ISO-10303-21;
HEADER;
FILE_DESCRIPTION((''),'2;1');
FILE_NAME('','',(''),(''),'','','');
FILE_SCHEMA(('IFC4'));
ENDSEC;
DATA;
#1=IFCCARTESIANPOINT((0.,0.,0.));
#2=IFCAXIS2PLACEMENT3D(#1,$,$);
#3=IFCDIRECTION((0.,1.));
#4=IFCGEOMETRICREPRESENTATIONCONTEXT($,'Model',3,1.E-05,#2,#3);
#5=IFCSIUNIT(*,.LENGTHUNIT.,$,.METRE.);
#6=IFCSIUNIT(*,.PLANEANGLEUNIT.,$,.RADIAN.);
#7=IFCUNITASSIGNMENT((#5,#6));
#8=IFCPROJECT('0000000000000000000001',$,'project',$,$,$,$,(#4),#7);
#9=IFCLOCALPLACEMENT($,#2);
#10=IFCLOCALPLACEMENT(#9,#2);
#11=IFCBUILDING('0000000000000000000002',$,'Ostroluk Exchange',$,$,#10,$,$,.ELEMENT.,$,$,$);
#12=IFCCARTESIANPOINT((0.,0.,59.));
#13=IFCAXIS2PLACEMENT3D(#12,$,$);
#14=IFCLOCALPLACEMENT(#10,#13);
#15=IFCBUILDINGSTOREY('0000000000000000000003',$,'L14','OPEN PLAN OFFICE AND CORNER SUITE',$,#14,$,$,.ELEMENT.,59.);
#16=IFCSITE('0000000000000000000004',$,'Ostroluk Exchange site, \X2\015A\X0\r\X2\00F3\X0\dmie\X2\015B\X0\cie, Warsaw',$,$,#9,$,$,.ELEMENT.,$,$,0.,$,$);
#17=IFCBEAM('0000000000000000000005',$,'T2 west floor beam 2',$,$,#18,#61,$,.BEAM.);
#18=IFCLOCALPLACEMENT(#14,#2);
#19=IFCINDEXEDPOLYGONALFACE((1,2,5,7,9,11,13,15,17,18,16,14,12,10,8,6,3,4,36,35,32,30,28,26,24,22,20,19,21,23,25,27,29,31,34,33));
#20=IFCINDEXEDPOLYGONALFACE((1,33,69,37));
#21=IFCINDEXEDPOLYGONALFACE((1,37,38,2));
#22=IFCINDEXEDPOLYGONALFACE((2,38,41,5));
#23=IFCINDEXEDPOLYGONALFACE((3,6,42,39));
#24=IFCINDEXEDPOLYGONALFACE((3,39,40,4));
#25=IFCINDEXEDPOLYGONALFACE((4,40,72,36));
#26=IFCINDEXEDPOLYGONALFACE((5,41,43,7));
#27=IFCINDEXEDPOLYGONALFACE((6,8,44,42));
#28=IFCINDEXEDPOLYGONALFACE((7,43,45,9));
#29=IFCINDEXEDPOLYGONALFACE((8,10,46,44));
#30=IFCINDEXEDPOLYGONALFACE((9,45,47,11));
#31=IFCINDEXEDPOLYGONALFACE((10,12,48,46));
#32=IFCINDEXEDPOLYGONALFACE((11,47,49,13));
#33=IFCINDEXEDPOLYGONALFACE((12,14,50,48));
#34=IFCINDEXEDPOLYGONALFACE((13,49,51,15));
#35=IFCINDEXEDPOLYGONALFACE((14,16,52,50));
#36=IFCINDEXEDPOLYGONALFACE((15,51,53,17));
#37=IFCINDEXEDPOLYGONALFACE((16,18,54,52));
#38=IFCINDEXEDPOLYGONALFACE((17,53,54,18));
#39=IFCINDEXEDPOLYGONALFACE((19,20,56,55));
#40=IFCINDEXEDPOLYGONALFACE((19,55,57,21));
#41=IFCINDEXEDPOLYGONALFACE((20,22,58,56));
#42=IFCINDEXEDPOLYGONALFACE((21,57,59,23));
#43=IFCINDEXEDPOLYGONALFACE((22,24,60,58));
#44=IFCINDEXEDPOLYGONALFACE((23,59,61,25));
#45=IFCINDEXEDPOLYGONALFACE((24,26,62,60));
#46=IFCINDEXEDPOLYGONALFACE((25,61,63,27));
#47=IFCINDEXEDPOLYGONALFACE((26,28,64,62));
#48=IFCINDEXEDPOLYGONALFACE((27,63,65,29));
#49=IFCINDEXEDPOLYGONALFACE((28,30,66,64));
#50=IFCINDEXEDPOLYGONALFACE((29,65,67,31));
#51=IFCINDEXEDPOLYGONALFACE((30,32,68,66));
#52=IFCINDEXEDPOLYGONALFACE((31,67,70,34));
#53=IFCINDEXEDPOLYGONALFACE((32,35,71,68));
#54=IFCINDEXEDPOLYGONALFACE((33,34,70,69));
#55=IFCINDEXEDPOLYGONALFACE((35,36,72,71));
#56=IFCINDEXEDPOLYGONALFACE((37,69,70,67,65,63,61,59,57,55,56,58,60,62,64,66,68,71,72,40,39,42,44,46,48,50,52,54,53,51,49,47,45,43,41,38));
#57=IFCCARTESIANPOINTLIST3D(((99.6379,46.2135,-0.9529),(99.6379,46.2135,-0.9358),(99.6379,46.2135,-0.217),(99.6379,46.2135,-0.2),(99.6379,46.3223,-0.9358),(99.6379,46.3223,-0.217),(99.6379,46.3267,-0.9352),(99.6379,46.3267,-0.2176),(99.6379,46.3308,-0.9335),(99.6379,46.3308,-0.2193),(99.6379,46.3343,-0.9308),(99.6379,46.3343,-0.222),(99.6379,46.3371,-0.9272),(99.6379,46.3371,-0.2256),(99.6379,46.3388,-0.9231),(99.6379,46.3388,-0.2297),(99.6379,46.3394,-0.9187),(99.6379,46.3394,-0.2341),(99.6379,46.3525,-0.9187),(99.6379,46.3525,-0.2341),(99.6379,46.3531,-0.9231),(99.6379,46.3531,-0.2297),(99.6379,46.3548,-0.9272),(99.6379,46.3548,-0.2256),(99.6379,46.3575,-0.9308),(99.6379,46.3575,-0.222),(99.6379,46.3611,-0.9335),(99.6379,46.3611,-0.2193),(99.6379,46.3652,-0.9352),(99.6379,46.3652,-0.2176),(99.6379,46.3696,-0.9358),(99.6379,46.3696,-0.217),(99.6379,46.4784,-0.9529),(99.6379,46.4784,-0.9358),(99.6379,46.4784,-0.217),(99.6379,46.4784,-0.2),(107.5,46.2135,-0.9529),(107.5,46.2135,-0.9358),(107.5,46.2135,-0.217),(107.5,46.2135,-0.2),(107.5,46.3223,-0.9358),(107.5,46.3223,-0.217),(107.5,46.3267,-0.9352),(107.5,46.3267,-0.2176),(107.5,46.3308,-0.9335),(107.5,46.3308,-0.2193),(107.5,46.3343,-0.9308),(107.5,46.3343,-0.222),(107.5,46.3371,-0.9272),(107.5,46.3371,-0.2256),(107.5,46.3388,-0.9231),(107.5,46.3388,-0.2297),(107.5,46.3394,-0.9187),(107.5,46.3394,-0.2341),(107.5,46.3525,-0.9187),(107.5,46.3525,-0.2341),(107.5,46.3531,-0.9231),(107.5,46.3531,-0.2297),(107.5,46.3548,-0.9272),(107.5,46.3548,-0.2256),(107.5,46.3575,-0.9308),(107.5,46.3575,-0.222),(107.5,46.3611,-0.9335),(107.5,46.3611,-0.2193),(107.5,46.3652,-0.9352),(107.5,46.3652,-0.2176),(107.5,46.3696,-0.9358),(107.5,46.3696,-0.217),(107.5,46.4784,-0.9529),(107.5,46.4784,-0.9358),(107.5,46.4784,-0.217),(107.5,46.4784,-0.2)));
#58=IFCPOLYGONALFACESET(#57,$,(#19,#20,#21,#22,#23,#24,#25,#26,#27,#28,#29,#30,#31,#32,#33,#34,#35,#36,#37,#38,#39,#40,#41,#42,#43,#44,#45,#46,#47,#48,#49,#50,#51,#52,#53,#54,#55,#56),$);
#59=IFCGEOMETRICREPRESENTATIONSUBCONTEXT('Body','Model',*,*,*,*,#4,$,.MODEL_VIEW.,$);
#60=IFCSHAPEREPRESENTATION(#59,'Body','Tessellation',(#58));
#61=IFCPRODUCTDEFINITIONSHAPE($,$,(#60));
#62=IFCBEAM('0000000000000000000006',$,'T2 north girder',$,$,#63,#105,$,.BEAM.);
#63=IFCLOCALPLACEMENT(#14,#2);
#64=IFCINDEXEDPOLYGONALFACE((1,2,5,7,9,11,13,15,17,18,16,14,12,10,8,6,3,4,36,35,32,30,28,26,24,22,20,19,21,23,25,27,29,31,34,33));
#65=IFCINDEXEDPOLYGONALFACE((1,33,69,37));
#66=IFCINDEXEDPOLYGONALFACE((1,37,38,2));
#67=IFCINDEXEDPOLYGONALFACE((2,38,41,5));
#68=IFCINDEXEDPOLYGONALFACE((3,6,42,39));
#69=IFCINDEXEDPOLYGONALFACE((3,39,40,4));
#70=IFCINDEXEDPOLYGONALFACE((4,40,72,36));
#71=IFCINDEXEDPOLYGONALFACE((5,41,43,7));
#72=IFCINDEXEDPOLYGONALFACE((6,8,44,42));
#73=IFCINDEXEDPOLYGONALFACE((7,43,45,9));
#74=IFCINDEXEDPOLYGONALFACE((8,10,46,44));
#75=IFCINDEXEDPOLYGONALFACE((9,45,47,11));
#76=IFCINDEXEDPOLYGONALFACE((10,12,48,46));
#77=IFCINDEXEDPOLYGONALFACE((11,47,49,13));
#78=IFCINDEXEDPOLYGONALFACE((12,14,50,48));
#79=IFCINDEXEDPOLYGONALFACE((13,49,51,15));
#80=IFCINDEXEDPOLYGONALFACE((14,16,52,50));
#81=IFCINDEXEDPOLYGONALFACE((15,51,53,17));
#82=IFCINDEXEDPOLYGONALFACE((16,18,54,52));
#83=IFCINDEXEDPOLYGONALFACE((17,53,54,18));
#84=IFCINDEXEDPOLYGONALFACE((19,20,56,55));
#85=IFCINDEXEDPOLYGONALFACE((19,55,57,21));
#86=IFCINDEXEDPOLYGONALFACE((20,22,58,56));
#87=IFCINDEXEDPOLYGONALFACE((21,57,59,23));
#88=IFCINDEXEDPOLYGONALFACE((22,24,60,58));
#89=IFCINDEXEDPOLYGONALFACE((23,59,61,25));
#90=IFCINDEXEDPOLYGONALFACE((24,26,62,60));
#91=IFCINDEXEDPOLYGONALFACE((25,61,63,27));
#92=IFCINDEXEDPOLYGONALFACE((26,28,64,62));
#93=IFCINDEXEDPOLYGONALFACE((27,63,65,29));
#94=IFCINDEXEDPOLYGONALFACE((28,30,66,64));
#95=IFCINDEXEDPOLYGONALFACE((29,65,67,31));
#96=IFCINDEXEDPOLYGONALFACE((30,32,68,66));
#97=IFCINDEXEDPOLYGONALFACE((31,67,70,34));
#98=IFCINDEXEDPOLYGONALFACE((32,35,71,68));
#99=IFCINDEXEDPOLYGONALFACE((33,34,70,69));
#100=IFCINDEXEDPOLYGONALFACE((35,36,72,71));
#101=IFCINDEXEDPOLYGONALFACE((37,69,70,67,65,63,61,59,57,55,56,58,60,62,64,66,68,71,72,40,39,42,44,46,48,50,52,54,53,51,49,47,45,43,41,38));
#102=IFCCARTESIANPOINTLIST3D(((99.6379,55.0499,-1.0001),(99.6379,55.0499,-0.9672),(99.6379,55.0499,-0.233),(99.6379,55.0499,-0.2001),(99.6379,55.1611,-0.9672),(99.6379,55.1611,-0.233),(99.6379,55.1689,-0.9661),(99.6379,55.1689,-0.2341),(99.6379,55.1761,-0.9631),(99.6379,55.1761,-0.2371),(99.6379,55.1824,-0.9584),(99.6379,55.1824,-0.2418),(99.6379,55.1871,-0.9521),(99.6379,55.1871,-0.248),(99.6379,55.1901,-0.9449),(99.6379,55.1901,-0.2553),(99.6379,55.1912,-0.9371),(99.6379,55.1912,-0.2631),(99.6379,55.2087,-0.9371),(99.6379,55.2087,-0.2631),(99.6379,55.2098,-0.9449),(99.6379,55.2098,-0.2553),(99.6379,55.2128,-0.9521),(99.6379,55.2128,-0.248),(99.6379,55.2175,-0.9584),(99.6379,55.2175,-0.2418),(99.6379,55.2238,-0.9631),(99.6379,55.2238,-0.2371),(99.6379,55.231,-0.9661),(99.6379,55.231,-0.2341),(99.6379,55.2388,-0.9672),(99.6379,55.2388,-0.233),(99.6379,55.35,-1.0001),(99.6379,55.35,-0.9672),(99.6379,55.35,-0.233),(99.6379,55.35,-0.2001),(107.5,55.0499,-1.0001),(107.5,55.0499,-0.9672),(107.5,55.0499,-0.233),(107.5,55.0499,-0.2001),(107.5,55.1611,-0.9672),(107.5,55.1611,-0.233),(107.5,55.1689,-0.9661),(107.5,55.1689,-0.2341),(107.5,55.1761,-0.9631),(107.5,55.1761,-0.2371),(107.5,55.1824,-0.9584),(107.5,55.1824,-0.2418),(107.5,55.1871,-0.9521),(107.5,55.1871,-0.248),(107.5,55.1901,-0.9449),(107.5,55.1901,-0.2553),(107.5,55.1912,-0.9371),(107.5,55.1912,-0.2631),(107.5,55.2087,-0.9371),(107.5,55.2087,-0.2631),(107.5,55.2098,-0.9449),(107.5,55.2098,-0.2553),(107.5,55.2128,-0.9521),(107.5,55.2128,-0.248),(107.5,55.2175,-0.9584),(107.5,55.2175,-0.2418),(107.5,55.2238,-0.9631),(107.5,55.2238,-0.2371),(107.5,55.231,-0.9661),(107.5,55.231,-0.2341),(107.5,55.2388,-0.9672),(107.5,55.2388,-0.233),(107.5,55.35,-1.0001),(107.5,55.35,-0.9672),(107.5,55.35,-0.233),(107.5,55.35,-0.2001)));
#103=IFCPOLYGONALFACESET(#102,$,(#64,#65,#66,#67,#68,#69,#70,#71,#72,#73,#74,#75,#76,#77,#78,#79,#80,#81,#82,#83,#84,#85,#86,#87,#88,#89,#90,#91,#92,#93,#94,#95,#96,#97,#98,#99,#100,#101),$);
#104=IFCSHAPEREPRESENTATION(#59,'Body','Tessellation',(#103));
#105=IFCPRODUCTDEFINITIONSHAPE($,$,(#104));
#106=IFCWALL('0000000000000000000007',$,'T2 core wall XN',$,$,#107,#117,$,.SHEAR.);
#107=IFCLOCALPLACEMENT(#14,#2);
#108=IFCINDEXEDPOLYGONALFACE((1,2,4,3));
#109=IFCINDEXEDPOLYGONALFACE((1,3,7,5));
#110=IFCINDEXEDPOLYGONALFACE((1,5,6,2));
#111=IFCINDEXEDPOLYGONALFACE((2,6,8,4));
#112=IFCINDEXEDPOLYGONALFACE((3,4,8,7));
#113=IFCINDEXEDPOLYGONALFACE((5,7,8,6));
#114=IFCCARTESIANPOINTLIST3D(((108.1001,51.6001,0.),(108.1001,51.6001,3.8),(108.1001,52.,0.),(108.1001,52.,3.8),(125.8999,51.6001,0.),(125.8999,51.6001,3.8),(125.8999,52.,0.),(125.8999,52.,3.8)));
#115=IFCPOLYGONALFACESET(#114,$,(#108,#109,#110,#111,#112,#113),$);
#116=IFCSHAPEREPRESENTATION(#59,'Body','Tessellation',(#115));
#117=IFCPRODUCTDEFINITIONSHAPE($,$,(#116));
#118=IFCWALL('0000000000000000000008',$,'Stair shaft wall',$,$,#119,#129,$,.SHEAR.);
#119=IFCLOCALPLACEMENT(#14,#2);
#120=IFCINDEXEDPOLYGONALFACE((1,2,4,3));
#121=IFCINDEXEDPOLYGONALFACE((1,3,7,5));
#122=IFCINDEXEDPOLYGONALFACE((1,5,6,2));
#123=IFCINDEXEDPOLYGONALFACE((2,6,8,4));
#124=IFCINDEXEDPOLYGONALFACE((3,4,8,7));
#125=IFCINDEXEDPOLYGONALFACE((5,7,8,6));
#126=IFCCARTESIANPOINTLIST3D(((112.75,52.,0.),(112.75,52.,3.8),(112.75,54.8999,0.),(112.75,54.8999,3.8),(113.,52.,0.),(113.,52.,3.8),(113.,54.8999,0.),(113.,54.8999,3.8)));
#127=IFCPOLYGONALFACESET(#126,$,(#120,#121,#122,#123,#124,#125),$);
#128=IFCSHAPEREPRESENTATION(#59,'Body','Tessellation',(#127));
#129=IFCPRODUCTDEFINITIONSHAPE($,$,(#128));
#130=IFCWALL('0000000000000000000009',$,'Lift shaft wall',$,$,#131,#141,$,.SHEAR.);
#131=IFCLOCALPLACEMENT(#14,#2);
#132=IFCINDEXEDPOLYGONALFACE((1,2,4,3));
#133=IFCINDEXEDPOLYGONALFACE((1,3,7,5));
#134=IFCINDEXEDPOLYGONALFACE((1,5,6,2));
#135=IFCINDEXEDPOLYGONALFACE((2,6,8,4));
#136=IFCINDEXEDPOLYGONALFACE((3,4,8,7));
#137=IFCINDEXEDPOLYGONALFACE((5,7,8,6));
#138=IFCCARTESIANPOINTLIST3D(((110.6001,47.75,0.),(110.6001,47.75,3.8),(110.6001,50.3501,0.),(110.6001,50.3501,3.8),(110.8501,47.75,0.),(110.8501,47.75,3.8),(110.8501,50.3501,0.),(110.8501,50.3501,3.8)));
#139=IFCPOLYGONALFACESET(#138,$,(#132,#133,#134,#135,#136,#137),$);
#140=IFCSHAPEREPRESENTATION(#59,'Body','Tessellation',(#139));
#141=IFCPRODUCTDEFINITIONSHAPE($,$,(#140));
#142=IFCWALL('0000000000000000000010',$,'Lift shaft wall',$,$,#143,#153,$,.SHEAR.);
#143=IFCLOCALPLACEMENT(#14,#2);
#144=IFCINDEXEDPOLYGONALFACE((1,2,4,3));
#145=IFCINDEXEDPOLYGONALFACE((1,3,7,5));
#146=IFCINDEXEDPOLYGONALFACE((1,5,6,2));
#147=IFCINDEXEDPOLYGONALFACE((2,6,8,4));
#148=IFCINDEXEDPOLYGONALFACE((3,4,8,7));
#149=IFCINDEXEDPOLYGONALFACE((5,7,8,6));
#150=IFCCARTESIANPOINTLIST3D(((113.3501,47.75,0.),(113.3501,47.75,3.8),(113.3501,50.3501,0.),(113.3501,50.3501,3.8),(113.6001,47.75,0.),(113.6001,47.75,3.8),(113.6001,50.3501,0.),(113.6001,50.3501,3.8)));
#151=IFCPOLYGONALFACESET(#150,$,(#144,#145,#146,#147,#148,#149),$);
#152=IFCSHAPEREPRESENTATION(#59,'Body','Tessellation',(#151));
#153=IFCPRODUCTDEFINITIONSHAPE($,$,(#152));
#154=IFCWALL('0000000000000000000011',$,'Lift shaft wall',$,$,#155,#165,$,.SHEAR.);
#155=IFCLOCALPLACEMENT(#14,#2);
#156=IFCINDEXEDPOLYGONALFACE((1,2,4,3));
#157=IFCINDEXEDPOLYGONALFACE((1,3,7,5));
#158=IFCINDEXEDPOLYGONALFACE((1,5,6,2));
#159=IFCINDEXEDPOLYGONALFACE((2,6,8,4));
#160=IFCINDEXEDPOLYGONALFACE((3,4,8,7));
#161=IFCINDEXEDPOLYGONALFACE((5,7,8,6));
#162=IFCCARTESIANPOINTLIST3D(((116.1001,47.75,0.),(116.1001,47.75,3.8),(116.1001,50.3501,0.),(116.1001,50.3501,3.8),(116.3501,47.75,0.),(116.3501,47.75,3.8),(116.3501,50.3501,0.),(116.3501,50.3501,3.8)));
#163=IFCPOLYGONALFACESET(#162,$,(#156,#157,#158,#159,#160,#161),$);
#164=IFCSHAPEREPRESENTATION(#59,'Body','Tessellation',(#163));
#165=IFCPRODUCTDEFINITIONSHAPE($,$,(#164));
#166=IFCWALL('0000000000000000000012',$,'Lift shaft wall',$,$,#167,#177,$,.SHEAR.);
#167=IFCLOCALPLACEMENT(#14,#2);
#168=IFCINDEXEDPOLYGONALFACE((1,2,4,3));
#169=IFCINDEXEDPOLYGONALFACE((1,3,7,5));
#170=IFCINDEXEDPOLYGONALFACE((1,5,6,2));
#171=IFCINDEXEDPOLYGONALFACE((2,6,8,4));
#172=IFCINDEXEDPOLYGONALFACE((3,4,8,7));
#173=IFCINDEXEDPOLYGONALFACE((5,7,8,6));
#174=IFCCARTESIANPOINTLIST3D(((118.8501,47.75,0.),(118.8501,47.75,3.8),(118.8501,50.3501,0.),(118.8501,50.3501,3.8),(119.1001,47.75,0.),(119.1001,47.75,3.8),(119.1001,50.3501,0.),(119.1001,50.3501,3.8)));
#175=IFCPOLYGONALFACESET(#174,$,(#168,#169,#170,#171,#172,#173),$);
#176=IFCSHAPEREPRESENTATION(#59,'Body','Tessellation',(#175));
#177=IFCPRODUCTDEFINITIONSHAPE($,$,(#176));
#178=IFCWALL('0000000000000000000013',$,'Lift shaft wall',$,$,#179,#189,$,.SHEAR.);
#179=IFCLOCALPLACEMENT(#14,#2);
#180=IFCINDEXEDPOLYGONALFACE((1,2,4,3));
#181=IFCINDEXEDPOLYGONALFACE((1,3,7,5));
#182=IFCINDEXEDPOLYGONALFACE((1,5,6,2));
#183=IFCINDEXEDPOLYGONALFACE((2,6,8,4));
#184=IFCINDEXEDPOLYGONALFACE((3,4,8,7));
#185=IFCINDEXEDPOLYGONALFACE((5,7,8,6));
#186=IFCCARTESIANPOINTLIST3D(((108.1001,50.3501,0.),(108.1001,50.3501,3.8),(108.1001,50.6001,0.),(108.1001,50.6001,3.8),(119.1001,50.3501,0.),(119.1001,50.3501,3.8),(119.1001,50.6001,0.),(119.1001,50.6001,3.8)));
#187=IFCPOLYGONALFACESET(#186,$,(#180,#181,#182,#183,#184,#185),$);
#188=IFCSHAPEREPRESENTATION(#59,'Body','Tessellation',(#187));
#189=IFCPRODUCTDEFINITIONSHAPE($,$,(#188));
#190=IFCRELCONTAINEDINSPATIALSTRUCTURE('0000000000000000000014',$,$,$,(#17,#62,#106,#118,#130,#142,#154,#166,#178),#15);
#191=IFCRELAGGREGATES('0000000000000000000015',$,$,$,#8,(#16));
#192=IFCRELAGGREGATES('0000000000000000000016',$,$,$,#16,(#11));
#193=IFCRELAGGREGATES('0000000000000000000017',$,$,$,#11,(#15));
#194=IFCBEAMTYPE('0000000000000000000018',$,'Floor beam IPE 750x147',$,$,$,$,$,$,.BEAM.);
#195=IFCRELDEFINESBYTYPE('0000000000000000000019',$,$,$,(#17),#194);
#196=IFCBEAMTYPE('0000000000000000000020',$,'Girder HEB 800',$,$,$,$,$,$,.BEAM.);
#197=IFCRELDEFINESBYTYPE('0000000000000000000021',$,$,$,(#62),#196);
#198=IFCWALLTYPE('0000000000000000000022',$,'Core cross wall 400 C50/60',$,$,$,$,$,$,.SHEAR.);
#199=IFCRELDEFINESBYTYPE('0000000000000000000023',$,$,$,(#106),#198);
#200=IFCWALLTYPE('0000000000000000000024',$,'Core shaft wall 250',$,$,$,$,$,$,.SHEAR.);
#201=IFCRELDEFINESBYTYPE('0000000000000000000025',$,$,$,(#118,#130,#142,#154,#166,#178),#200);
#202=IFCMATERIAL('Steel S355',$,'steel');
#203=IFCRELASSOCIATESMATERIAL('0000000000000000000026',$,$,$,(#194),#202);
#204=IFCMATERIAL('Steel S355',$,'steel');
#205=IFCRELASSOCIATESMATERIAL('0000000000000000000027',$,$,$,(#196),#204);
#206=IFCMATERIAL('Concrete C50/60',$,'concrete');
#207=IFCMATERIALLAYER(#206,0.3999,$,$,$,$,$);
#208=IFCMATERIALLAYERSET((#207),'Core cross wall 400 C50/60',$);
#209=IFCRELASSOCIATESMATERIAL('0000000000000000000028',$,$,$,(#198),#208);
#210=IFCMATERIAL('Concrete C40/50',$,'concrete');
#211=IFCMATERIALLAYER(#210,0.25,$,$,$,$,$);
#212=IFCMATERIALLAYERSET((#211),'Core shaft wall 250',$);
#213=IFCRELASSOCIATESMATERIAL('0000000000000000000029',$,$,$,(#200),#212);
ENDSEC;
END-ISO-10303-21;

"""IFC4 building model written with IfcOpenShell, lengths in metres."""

from ifc_helpers import new_model, si_unit, direction, frame, frame_2d, origin, origin_2d, place, context, subcontext, project, spatial, rectangle, i_section, extrude, material, layer, layer_set, material_profile, profile_set, type_object, element, save


model = new_model("IFC4")

# Units and contexts
model_context = context("Model", 3, precision=1e-05, world=origin(), true_north=direction((0.0, 1.0)))
body_context = subcontext(model_context, "Body", "Model", "MODEL_VIEW")
ifc_project = project(units=[si_unit("LENGTHUNIT", "METRE"), si_unit("PLANEANGLEUNIT", "RADIAN")], contexts=[model_context])

# Site, building, storey
site_placement = place(None, origin())
site = spatial("IfcSite", under=ifc_project, at=site_placement, Name="Ostroluk Exchange site, Śródmieście, Warsaw", CompositionType="ELEMENT", RefElevation=0.0)
building_placement = place(site_placement, origin())
building = spatial("IfcBuilding", under=site, at=building_placement, Name="Ostroluk Exchange", CompositionType="ELEMENT")
storey_placement = place(building_placement, frame((0.0, 0.0, 59.0)))
storey = spatial("IfcBuildingStorey", under=building, at=storey_placement, Name="L14", Description="OPEN PLAN OFFICE AND CORNER SUITE", CompositionType="ELEMENT", Elevation=59.0)

# Beams
ifc_material_1 = material(Name="Steel S355", Category="steel")
ifc_material_profile_1 = material_profile(ifc_material_1, i_section(OverallWidth=0.2649, OverallDepth=0.7529, WebThickness=0.0132, FlangeThickness=0.0171, FilletRadius=0.0171, at=origin_2d()), Name="IPE 750x147")
ifc_profile_set_1 = profile_set([ifc_material_profile_1], Name="Steel S355")
beam_type_1 = type_object("IfcBeamType", Name="Floor beam IPE 750x147", PredefinedType="BEAM", material=ifc_profile_set_1)
for number, where, z_axis, x_axis, name in (
    (1, (107.5, 46.3459, -0.5764), (-1.0, 0.0, 0.0), (0.0, -1.0, 0.0), "T2 west floor beam 2"),
):
    element("IfcBeam", number, at=place(storey_placement, frame(where, z_axis=z_axis, x_axis=x_axis)), inside=storey, type_object=beam_type_1, Name=name, PredefinedType="BEAM", context=body_context, shape_type="SweptSolid", body=[
        extrude(i_section(OverallWidth=0.2649, OverallDepth=0.7529, WebThickness=0.0132, FlangeThickness=0.0171, FilletRadius=0.0171, at=origin_2d()), origin(), (0.0, 0.0, 1.0), 7.8621),
    ])
ifc_material_2 = material(Name="Steel S355", Category="steel")
ifc_material_profile_2 = material_profile(ifc_material_2, i_section(OverallWidth=0.3, OverallDepth=0.8, WebThickness=0.0176, FlangeThickness=0.033, FilletRadius=0.03, at=origin_2d()), Name="HEB 800")
ifc_profile_set_2 = profile_set([ifc_material_profile_2], Name="Steel S355")
beam_type_2 = type_object("IfcBeamType", Name="Girder HEB 800", PredefinedType="BEAM", material=ifc_profile_set_2)
beam_placement = place(storey_placement, frame((107.5, 55.2, -0.6001), z_axis=(-1.0, 0.0, 0.0), x_axis=(0.0, -1.0, 0.0)))
element("IfcBeam", 2, at=beam_placement, inside=storey, type_object=beam_type_2, Name="T2 north girder", PredefinedType="BEAM", context=body_context, shape_type="SweptSolid", body=[
    extrude(i_section(OverallWidth=0.3, OverallDepth=0.8, WebThickness=0.0176, FlangeThickness=0.033, FilletRadius=0.03, at=origin_2d()), origin(), (0.0, 0.0, 1.0), 7.8621),
])

# Walls
ifc_material_3 = material(Name="Concrete C50/60", Category="concrete")
ifc_layer_1 = layer(ifc_material_3, 0.3999)
ifc_layer_set_1 = layer_set([ifc_layer_1], Name="Core cross wall 400 C50/60")
wall_type_1 = type_object("IfcWallType", Name="Core cross wall 400 C50/60", PredefinedType="SHEAR", material=ifc_layer_set_1)
wall_1_placement = place(storey_placement, frame((108.1001, 51.8, 0.0), z_axis=(0.0, 0.0, 1.0), x_axis=(1.0, 0.0, 0.0)))
element("IfcWall", 3, at=wall_1_placement, inside=storey, type_object=wall_type_1, Name="T2 core wall XN", PredefinedType="SHEAR", context=body_context, shape_type="SweptSolid", body=[
    extrude(rectangle(XDim=17.7998, YDim=0.3999, at=frame_2d((8.8999, 0.0))), origin(), (0.0, 0.0, 1.0), 3.8),
])
ifc_material_4 = material(Name="Concrete C40/50", Category="concrete")
ifc_layer_2 = layer(ifc_material_4, 0.25)
ifc_layer_set_2 = layer_set([ifc_layer_2], Name="Core shaft wall 250")
wall_type_2 = type_object("IfcWallType", Name="Core shaft wall 250", PredefinedType="SHEAR", material=ifc_layer_set_2)
wall_2_placement = place(storey_placement, frame((112.875, 52.0, 0.0), z_axis=(0.0, 0.0, 1.0), x_axis=(0.0, 1.0, 0.0)))
element("IfcWall", 4, at=wall_2_placement, inside=storey, type_object=wall_type_2, Name="Stair shaft wall", PredefinedType="SHEAR", context=body_context, shape_type="SweptSolid", body=[
    extrude(rectangle(XDim=2.8999, YDim=0.25, at=frame_2d((1.45, 0.0))), origin(), (0.0, 0.0, 1.0), 3.8),
])
for number, where, z_axis, x_axis, name in (
    (5, (110.7251, 47.75, 0.0), (0.0, 0.0, 1.0), (0.0, 1.0, 0.0), "Lift shaft wall"),
    (6, (113.4751, 47.75, 0.0), (0.0, 0.0, 1.0), (0.0, 1.0, 0.0), "Lift shaft wall"),
    (7, (116.2251, 47.75, 0.0), (0.0, 0.0, 1.0), (0.0, 1.0, 0.0), "Lift shaft wall"),
    (8, (118.9751, 47.75, 0.0), (0.0, 0.0, 1.0), (0.0, 1.0, 0.0), "Lift shaft wall"),
):
    element("IfcWall", number, at=place(storey_placement, frame(where, z_axis=z_axis, x_axis=x_axis)), inside=storey, type_object=wall_type_2, Name=name, PredefinedType="SHEAR", context=body_context, shape_type="SweptSolid", body=[
        extrude(rectangle(XDim=2.6001, YDim=0.25, at=frame_2d((1.3, 0.0))), origin(), (0.0, 0.0, 1.0), 3.8),
    ])
wall_3_placement = place(storey_placement, frame((108.1001, 50.4751, 0.0), z_axis=(0.0, 0.0, 1.0), x_axis=(1.0, 0.0, 0.0)))
element("IfcWall", 9, at=wall_3_placement, inside=storey, type_object=wall_type_2, Name="Lift shaft wall", PredefinedType="SHEAR", context=body_context, shape_type="SweptSolid", body=[
    extrude(rectangle(XDim=11.0, YDim=0.25, at=frame_2d((5.5, 0.0))), origin(), (0.0, 0.0, 1.0), 3.8),
])

save(model, "model.ifc")
